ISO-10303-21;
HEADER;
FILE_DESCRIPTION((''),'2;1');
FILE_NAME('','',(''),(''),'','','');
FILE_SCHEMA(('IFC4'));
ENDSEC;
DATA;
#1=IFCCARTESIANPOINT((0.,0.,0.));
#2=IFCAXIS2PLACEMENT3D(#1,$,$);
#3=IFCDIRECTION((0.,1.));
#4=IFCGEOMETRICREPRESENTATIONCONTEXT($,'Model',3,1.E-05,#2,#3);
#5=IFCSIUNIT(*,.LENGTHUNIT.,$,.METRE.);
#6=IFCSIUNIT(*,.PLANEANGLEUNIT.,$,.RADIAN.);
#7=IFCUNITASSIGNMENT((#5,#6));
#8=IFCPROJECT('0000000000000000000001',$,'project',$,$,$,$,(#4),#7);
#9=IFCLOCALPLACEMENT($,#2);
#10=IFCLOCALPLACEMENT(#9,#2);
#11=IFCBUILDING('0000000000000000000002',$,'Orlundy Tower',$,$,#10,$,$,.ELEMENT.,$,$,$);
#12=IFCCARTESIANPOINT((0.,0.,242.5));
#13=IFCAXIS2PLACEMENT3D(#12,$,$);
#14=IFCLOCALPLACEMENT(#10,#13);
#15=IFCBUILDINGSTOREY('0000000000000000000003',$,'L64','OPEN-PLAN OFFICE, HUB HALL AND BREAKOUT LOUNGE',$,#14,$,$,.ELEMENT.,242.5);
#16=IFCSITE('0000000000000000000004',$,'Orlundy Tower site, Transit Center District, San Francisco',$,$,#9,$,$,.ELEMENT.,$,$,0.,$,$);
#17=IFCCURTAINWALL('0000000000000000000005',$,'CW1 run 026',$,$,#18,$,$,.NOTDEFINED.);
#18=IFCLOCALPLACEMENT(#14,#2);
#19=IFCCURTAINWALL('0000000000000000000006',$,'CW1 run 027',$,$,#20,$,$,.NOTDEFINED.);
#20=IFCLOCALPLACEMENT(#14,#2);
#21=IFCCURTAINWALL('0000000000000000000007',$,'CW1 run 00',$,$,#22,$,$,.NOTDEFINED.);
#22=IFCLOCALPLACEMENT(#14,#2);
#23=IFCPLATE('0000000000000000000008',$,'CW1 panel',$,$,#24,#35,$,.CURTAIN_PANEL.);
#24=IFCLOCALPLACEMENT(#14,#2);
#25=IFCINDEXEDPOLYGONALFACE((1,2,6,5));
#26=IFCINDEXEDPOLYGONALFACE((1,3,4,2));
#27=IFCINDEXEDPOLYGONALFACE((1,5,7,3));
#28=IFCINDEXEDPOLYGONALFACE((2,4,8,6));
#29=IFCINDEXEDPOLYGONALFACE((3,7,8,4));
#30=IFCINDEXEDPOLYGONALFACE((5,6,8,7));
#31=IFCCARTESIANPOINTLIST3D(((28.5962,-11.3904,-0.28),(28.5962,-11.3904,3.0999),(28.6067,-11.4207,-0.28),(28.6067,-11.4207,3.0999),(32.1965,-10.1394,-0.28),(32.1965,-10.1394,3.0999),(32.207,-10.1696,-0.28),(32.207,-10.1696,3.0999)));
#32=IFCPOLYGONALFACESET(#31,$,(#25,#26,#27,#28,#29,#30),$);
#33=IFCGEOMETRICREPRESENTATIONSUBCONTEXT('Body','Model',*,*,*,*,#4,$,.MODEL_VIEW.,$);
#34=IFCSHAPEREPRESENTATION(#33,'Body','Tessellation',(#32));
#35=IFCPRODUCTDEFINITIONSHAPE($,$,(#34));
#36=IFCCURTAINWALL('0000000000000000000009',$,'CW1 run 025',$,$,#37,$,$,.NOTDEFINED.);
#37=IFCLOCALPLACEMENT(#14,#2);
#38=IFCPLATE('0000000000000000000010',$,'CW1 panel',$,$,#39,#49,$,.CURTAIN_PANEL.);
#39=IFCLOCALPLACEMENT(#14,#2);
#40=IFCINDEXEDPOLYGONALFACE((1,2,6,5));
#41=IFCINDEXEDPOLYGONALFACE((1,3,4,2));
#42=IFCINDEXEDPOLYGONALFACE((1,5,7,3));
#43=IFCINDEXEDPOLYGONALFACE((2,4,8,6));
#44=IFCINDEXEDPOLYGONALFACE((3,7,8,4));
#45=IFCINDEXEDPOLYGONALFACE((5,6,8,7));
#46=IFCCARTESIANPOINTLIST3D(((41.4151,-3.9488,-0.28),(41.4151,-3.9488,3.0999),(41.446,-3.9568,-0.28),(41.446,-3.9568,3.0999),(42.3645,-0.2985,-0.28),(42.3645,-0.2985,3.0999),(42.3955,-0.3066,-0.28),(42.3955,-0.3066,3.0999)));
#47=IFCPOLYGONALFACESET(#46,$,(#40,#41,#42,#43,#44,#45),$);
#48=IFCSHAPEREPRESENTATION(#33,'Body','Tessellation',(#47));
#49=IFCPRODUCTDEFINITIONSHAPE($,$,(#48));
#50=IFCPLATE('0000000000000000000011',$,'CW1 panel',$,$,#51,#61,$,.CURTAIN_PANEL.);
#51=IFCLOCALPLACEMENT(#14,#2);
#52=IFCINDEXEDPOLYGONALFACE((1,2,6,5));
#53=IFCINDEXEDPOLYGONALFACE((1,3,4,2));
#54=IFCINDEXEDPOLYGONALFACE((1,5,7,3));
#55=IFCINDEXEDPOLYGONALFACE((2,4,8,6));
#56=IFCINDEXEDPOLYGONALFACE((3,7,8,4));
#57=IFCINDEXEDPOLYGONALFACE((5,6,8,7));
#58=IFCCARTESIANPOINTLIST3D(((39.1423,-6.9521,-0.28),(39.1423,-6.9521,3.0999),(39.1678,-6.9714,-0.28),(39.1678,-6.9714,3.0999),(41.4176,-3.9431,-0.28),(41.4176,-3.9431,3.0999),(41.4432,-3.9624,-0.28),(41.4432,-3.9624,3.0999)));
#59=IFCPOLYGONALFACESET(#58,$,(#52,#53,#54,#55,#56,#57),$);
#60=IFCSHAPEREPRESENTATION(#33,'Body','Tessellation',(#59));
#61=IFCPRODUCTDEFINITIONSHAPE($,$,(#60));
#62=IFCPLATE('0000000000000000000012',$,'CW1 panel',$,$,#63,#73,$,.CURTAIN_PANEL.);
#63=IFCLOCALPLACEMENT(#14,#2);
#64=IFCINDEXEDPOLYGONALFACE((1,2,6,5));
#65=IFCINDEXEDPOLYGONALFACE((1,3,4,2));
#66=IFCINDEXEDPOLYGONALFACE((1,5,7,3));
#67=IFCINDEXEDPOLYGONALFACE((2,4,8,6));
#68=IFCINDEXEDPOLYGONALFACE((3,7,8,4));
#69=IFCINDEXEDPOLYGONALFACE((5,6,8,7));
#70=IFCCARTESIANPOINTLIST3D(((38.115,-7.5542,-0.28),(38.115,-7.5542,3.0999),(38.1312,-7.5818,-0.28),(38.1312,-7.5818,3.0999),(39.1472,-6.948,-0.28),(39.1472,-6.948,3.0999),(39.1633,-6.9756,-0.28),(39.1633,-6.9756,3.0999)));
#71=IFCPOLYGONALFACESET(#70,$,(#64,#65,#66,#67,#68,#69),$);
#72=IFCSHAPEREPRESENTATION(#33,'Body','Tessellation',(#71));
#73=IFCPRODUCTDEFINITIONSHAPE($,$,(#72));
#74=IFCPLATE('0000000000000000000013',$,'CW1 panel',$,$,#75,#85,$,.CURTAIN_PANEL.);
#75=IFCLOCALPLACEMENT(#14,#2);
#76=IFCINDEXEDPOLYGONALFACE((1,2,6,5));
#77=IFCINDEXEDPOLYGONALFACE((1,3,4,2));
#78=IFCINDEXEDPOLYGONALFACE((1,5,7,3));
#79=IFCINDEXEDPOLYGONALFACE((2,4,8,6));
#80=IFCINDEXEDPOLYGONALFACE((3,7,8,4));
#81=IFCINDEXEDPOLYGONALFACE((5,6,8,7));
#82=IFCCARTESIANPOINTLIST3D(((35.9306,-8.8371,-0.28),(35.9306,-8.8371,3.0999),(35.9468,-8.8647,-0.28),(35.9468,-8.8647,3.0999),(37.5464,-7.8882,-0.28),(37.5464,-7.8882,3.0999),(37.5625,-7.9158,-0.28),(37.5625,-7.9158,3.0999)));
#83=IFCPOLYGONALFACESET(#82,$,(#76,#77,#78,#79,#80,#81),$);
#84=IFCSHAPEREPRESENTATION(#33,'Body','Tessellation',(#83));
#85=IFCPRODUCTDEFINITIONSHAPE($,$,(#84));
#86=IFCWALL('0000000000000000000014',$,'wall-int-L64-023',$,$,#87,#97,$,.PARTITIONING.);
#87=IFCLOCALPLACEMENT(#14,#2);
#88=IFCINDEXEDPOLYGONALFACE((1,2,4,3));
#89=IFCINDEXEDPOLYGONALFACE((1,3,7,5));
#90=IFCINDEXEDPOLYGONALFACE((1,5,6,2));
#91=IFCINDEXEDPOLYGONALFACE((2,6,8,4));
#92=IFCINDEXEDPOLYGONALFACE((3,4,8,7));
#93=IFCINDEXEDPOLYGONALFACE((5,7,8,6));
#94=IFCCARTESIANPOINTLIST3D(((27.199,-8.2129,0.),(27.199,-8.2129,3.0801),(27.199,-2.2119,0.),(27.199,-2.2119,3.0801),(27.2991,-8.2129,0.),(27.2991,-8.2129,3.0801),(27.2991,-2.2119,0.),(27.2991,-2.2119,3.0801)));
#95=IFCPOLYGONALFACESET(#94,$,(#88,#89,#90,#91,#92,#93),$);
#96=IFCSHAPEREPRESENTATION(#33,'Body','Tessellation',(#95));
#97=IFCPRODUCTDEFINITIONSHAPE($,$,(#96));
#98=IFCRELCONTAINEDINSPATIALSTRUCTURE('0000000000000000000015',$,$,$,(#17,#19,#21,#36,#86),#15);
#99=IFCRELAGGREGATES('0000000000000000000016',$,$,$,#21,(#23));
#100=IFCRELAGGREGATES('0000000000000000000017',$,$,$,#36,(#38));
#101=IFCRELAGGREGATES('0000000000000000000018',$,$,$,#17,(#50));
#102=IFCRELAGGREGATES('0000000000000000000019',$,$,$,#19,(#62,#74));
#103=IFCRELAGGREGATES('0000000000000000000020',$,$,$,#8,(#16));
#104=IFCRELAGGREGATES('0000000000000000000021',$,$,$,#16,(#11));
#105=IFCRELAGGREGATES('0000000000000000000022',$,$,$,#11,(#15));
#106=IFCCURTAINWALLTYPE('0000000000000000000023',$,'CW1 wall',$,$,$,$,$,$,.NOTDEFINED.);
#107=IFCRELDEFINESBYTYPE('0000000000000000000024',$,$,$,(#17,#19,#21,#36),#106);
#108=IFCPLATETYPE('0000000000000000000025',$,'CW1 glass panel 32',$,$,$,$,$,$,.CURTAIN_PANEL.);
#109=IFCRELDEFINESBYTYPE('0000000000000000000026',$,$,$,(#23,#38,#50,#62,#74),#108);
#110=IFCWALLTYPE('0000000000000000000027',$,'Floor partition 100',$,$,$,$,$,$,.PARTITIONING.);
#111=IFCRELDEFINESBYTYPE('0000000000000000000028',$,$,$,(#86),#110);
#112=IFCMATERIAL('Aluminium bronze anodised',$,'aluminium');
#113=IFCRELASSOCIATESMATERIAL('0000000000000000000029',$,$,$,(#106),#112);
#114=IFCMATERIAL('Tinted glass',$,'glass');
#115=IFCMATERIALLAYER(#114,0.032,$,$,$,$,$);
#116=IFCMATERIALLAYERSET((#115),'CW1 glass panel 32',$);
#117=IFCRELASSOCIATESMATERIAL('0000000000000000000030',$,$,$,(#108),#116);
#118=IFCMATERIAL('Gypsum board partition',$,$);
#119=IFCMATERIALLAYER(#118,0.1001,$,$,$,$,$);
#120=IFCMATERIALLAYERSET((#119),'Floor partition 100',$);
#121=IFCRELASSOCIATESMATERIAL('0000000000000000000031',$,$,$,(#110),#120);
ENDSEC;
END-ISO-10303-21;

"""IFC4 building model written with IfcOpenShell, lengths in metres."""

from ifc_helpers import new_model, si_unit, direction, frame, frame_2d, origin, origin_2d, place, context, subcontext, project, spatial, rectangle, extrude, material, layer, layer_set, type_object, element, aggregate, save


model = new_model("IFC4")

# Units and contexts
model_context = context("Model", 3, precision=1e-05, world=origin(), true_north=direction((0.0, 1.0)))
body_context = subcontext(model_context, "Body", "Model", "MODEL_VIEW")
ifc_project = project(units=[si_unit("LENGTHUNIT", "METRE"), si_unit("PLANEANGLEUNIT", "RADIAN")], contexts=[model_context])

# Site, building, storey
site_placement = place(None, origin())
site = spatial("IfcSite", under=ifc_project, at=site_placement, Name="Orlundy Tower site, Transit Center District, San Francisco", CompositionType="ELEMENT", RefElevation=0.0)
building_placement = place(site_placement, origin())
building = spatial("IfcBuilding", under=site, at=building_placement, Name="Orlundy Tower", CompositionType="ELEMENT")
storey_placement = place(building_placement, frame((0.0, 0.0, 242.5)))
storey = spatial("IfcBuildingStorey", under=building, at=storey_placement, Name="L64", Description="OPEN-PLAN OFFICE, HUB HALL AND BREAKOUT LOUNGE", CompositionType="ELEMENT", Elevation=242.5)

# Curtain walls
ifc_material_1 = material(Name="Aluminium bronze anodised", Category="aluminium")
curtain_wall_type = type_object("IfcCurtainWallType", Name="CW1 wall", PredefinedType="NOTDEFINED", material=ifc_material_1)
curtain_wall_1_placement = place(storey_placement, origin())
curtain_wall_1 = element("IfcCurtainWall", 1, at=curtain_wall_1_placement, inside=storey, type_object=curtain_wall_type, Name="CW1 run 026", PredefinedType="NOTDEFINED")
curtain_wall_2_placement = place(storey_placement, origin())
curtain_wall_2 = element("IfcCurtainWall", 2, at=curtain_wall_2_placement, inside=storey, type_object=curtain_wall_type, Name="CW1 run 027", PredefinedType="NOTDEFINED")

# Curtain wall
curtain_wall_3_placement = place(storey_placement, origin())
curtain_wall_3 = element("IfcCurtainWall", 3, at=curtain_wall_3_placement, inside=storey, type_object=curtain_wall_type, Name="CW1 run 00", PredefinedType="NOTDEFINED")

# Plate
ifc_material_2 = material(Name="Tinted glass", Category="glass")
ifc_layer_1 = layer(ifc_material_2, 0.032)
ifc_layer_set_1 = layer_set([ifc_layer_1], Name="CW1 glass panel 32")
plate_type = type_object("IfcPlateType", Name="CW1 glass panel 32", PredefinedType="CURTAIN_PANEL", material=ifc_layer_set_1)
plate_1_placement = place(storey_placement, frame((30.4016, -10.78, -0.28), z_axis=(0.0, 0.0, 1.0), x_axis=(-0.944599, -0.328227, 0.0)))
plate_1 = element("IfcPlate", 4, at=plate_1_placement, type_object=plate_type, Name="CW1 panel", PredefinedType="CURTAIN_PANEL", context=body_context, shape_type="SweptSolid", body=[
    extrude(rectangle(XDim=3.8115, YDim=0.032, at=origin_2d()), origin(), (0.0, 0.0, 1.0), 3.3799),
])
aggregate(curtain_wall_3, [plate_1])

# Curtain wall, plate
curtain_wall_4_placement = place(storey_placement, origin())
curtain_wall_4 = element("IfcCurtainWall", 5, at=curtain_wall_4_placement, inside=storey, type_object=curtain_wall_type, Name="CW1 run 025", PredefinedType="NOTDEFINED")
plate_2_placement = place(storey_placement, frame((41.9053, -2.1277, -0.28), z_axis=(0.0, 0.0, 1.0), x_axis=(-0.25173, -0.967798, 0.0)))
plate_2 = element("IfcPlate", 6, at=plate_2_placement, type_object=plate_type, Name="CW1 panel", PredefinedType="CURTAIN_PANEL", context=body_context, shape_type="SweptSolid", body=[
    extrude(rectangle(XDim=3.7717, YDim=0.032, at=origin_2d()), origin(), (0.0, 0.0, 1.0), 3.3799),
])
aggregate(curtain_wall_4, [plate_2])

# Plates
plate_3_placement = place(storey_placement, frame((40.2927, -5.4573, -0.28), z_axis=(0.0, 0.0, 1.0), x_axis=(-0.603146, -0.797631, 0.0)))
plate_3 = element("IfcPlate", 7, at=plate_3_placement, type_object=plate_type, Name="CW1 panel", PredefinedType="CURTAIN_PANEL", context=body_context, shape_type="SweptSolid", body=[
    extrude(rectangle(XDim=3.7725, YDim=0.032, at=origin_2d()), origin(), (0.0, 0.0, 1.0), 3.3799),
])
aggregate(curtain_wall_1, [plate_3])
plate_4_placement = place(storey_placement, frame((38.6392, -7.2649, -0.28), z_axis=(0.0, 0.0, 1.0), x_axis=(-0.862288, -0.506419, 0.0)))
plate_4 = element("IfcPlate", 8, at=plate_4_placement, type_object=plate_type, Name="CW1 panel", PredefinedType="CURTAIN_PANEL", context=body_context, shape_type="SweptSolid", body=[
    extrude(rectangle(XDim=1.197, YDim=0.032, at=origin_2d()), origin(), (0.0, 0.0, 1.0), 3.3799),
])
plate_5_placement = place(storey_placement, frame((36.7466, -8.3765, -0.28), z_axis=(0.0, 0.0, 1.0), x_axis=(-0.862288, -0.506419, 0.0)))
plate_5 = element("IfcPlate", 9, at=plate_5_placement, type_object=plate_type, Name="CW1 panel", PredefinedType="CURTAIN_PANEL", context=body_context, shape_type="SweptSolid", body=[
    extrude(rectangle(XDim=1.8738, YDim=0.032, at=origin_2d()), origin(), (0.0, 0.0, 1.0), 3.3799),
])
aggregate(curtain_wall_2, [plate_4, plate_5])

# Wall
ifc_material_3 = material(Name="Gypsum board partition")
ifc_layer_2 = layer(ifc_material_3, 0.1001)
ifc_layer_set_2 = layer_set([ifc_layer_2], Name="Floor partition 100")
wall_type = type_object("IfcWallType", Name="Floor partition 100", PredefinedType="PARTITIONING", material=ifc_layer_set_2)
wall_placement = place(storey_placement, frame((27.249, -8.2129, 0.0), z_axis=(0.0, 0.0, 1.0), x_axis=(0.0, 1.0, 0.0)))
element("IfcWall", 10, at=wall_placement, inside=storey, type_object=wall_type, Name="wall-int-L64-023", PredefinedType="PARTITIONING", context=body_context, shape_type="SweptSolid", body=[
    extrude(rectangle(XDim=6.001, YDim=0.1001, at=frame_2d((3.0005, 0.0))), origin(), (0.0, 0.0, 1.0), 3.0801),
])

save(model, "model.ifc")
